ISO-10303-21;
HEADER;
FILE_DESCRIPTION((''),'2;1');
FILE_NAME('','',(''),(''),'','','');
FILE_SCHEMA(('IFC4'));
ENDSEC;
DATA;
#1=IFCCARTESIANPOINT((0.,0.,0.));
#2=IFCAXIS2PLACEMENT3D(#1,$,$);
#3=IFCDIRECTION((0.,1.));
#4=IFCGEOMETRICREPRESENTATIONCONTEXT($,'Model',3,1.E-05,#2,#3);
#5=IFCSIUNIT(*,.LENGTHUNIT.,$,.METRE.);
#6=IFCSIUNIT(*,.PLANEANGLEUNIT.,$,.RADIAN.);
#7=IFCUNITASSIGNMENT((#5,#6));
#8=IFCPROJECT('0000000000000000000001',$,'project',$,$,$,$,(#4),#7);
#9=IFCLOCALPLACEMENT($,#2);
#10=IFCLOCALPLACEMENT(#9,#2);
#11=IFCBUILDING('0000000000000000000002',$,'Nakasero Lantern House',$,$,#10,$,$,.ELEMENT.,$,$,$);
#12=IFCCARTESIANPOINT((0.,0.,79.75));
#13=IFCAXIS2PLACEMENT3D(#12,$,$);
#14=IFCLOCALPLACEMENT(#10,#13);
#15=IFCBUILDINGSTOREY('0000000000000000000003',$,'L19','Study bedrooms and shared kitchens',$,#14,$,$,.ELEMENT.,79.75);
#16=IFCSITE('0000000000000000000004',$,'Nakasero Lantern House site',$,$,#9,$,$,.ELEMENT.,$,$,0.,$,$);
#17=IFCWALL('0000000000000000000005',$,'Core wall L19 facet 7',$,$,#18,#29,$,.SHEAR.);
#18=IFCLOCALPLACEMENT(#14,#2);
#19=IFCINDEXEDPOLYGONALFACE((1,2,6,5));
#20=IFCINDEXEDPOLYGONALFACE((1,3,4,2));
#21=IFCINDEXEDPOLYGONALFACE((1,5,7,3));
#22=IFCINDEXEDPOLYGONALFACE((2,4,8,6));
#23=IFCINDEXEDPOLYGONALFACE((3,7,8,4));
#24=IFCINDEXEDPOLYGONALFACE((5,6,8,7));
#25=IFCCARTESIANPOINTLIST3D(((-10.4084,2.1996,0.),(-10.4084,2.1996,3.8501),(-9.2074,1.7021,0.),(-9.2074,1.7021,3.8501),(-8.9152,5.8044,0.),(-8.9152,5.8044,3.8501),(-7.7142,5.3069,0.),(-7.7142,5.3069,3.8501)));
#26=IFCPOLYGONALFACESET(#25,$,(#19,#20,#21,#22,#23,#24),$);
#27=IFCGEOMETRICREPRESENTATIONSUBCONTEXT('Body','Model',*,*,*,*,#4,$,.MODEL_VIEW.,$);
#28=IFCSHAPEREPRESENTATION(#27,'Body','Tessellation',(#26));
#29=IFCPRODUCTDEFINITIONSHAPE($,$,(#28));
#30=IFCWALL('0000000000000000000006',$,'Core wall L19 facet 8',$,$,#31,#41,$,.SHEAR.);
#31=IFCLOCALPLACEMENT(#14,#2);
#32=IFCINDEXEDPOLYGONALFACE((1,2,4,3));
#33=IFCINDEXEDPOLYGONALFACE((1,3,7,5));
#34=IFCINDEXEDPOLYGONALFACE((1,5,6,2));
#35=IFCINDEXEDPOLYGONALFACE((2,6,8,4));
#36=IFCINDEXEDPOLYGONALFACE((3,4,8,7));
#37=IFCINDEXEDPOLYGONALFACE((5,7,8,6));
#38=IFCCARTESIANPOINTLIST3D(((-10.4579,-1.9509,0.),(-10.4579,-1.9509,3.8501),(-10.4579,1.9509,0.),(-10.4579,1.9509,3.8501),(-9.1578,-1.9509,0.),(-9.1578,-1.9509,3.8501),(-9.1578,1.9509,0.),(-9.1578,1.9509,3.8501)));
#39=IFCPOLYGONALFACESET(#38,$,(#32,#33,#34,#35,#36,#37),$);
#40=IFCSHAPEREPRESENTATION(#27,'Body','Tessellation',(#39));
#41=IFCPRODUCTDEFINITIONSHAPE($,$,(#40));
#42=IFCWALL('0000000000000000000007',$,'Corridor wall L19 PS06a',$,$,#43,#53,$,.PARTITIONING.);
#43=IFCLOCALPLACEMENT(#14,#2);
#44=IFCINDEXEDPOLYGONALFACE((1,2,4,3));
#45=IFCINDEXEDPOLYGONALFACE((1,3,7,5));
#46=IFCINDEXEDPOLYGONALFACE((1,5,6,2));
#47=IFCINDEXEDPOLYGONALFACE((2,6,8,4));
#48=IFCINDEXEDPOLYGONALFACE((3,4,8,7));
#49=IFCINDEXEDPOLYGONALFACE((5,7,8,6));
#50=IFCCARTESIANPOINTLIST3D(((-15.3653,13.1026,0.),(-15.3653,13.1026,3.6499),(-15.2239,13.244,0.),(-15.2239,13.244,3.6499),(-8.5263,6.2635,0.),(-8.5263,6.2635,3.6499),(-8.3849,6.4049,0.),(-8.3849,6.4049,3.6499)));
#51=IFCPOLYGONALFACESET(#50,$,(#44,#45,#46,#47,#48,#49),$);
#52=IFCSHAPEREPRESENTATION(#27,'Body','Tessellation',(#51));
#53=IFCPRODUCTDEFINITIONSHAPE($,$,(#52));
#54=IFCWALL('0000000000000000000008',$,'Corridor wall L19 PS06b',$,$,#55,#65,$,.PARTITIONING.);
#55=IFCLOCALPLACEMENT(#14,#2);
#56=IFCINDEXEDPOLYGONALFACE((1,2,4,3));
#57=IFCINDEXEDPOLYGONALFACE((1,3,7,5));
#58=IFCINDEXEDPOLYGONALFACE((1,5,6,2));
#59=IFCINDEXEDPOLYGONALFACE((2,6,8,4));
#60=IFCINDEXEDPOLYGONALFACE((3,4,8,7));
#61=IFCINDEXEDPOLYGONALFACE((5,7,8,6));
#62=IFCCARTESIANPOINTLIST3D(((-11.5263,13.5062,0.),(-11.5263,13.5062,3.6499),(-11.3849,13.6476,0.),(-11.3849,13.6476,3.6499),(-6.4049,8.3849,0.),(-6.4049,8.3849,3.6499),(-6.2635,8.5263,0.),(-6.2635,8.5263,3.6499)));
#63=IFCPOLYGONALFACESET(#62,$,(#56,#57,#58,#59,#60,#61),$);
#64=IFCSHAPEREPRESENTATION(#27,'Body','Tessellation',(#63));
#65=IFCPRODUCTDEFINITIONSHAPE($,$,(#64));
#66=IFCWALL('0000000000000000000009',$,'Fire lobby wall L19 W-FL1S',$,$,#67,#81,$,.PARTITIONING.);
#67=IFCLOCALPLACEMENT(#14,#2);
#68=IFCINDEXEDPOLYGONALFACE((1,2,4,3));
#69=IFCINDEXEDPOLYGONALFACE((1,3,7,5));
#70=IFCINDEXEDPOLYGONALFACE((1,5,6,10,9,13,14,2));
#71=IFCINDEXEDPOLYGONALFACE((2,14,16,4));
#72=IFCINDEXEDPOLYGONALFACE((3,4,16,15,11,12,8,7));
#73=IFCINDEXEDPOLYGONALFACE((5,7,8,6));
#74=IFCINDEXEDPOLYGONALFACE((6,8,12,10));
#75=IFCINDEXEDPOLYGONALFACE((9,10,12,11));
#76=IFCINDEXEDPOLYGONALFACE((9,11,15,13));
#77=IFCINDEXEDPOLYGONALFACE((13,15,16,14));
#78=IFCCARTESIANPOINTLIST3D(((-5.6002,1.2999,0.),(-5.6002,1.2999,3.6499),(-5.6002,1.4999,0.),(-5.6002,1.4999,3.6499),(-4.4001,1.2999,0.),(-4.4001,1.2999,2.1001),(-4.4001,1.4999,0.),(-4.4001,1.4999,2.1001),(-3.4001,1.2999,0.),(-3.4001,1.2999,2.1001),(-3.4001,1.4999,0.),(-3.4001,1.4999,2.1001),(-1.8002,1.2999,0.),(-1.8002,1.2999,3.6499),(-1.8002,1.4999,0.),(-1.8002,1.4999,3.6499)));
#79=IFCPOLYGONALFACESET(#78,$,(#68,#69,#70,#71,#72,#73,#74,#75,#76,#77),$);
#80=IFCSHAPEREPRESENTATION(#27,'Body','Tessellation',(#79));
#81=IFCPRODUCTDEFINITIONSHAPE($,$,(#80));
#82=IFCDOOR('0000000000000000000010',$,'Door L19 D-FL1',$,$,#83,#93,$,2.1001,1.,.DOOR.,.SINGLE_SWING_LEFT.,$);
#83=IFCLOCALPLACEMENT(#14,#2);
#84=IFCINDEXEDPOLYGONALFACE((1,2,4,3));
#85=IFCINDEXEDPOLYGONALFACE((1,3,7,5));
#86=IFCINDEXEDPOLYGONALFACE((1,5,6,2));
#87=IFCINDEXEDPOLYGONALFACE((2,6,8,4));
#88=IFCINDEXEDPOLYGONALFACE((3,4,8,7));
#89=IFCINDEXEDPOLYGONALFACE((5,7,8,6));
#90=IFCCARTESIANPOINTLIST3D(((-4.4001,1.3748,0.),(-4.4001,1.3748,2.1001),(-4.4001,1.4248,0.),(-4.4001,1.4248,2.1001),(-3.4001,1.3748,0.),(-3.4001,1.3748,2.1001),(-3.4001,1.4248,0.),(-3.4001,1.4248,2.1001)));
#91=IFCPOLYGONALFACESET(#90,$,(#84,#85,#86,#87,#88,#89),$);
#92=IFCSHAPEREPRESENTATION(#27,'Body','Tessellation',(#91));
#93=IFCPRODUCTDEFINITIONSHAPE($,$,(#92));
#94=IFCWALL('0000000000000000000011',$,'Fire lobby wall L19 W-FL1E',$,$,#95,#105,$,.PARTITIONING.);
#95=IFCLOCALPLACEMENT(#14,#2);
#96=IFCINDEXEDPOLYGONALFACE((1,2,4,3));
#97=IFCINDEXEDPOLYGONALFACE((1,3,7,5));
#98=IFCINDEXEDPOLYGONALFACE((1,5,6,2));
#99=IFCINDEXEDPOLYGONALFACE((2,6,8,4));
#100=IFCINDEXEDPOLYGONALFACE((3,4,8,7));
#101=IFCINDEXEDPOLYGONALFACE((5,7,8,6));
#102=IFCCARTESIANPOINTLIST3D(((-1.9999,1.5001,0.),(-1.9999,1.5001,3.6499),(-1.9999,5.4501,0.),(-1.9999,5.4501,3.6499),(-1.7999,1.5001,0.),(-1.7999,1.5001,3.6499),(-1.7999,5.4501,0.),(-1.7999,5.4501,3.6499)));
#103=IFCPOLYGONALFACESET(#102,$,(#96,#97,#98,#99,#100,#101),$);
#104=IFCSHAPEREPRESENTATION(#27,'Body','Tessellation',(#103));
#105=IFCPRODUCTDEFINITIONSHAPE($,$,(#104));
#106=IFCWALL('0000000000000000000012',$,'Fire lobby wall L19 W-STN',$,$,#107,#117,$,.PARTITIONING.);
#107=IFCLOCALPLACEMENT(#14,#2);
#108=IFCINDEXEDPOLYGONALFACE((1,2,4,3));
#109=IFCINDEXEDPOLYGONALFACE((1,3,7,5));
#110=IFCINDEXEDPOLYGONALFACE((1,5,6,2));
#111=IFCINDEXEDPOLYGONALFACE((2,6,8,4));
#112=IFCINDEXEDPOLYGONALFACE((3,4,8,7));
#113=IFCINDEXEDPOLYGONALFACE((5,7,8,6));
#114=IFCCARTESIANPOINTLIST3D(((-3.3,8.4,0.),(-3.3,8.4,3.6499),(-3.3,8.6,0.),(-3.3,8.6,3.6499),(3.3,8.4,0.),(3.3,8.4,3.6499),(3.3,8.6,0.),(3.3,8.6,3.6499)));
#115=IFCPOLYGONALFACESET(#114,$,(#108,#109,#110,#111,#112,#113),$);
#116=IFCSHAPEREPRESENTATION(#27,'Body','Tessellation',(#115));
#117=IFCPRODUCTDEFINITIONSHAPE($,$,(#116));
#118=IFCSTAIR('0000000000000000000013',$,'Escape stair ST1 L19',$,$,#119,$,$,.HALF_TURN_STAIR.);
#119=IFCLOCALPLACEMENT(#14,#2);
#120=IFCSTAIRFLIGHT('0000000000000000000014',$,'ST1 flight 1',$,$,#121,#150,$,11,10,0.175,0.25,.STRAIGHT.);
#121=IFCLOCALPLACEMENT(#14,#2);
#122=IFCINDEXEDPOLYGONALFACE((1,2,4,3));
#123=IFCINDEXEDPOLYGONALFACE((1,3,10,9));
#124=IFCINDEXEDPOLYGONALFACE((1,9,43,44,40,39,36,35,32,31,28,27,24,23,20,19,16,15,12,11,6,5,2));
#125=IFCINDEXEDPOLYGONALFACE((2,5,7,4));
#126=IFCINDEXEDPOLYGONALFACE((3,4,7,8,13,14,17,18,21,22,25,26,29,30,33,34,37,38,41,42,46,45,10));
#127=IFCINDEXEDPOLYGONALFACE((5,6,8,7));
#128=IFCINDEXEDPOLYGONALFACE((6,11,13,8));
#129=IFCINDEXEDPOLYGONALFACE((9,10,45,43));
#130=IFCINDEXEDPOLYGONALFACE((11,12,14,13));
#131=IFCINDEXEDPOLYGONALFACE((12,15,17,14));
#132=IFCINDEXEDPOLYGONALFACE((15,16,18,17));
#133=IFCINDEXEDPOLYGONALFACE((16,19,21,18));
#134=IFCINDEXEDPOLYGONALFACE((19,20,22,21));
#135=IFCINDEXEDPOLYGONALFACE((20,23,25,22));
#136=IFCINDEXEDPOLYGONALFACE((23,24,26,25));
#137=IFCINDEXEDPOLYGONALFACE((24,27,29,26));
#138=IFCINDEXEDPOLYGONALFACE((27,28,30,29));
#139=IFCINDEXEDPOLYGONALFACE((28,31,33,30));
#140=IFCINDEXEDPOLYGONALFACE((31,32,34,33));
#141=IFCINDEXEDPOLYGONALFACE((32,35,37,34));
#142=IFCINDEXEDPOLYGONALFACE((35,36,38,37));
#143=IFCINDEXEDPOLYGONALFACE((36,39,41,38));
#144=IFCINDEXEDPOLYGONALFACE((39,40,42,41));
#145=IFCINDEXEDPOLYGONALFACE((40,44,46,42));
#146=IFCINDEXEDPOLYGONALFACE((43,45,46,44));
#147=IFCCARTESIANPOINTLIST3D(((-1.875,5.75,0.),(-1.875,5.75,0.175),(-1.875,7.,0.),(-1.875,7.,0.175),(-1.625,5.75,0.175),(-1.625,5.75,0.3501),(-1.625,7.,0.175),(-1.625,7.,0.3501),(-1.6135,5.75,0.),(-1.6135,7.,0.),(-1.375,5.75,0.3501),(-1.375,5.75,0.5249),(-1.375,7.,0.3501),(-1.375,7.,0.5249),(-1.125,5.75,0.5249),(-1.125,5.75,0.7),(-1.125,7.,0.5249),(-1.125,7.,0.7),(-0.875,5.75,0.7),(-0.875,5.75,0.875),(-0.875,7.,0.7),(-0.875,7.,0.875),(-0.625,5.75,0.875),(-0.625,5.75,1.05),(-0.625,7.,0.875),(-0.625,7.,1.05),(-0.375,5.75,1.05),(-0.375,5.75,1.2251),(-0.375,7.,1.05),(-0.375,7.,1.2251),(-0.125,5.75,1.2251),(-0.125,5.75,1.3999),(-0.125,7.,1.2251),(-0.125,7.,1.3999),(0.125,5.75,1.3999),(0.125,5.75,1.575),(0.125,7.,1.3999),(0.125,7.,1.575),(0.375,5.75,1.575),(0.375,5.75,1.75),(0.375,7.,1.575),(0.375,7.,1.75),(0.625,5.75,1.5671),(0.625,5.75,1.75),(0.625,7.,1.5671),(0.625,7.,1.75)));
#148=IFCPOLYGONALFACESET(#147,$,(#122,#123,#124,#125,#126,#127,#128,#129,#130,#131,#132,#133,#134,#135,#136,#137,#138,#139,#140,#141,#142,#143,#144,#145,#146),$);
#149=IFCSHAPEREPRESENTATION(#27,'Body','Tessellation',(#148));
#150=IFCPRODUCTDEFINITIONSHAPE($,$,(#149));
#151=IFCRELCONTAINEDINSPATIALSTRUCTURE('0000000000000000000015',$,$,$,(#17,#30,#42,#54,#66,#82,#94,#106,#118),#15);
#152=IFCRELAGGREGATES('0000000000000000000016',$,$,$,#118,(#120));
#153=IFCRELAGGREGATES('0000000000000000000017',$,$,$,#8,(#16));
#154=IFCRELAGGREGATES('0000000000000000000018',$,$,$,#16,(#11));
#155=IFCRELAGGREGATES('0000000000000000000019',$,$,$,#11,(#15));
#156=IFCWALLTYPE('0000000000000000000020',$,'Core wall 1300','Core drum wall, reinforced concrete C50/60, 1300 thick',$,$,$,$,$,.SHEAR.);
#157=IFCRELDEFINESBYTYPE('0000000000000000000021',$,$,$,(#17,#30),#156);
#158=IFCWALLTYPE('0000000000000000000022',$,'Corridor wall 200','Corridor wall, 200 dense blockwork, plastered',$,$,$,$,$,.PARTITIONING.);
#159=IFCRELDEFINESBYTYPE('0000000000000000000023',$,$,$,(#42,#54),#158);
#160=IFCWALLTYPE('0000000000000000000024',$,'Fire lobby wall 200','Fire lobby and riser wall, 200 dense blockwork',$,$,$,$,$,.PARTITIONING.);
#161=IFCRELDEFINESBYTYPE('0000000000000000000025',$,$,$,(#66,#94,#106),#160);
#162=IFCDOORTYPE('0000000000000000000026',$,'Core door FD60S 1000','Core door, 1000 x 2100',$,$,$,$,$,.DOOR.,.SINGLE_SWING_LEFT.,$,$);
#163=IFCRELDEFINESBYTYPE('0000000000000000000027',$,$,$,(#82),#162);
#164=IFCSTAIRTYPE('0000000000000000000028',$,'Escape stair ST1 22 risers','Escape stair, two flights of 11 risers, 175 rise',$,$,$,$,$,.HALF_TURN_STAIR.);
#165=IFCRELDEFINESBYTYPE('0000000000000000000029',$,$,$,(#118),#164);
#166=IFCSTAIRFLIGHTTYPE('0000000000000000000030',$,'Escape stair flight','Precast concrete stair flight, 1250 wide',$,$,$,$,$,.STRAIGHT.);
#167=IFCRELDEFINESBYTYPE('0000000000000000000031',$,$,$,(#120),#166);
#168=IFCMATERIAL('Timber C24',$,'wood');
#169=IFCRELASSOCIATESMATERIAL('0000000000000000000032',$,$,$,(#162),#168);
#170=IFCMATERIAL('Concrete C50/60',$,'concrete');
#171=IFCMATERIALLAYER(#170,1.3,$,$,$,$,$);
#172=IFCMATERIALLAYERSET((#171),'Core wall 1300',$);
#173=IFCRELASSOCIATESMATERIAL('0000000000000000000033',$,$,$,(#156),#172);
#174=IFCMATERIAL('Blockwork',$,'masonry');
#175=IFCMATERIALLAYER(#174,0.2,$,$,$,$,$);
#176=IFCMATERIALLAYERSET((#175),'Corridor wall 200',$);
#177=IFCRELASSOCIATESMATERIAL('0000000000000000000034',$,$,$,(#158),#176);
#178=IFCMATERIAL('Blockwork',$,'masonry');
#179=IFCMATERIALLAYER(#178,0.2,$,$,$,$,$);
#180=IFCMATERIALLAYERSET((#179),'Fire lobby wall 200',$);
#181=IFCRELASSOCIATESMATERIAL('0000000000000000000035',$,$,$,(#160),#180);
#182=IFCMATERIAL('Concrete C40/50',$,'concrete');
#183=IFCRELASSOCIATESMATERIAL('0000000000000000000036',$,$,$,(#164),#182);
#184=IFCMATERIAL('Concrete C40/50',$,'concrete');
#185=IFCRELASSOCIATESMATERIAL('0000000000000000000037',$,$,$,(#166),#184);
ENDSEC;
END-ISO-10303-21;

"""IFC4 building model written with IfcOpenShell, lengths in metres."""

from ifc_helpers import new_model, si_unit, direction, frame, frame_2d, origin, place, context, subcontext, project, spatial, polyline, rectangle, outline, extrude, material, layer, layer_set, type_object, element, fill, aggregate, save


model = new_model("IFC4")

# Units and contexts
model_context = context("Model", 3, precision=1e-05, world=origin(), true_north=direction((0.0, 1.0)))
body_context = subcontext(model_context, "Body", "Model", "MODEL_VIEW")
ifc_project = project(units=[si_unit("LENGTHUNIT", "METRE"), si_unit("PLANEANGLEUNIT", "RADIAN")], contexts=[model_context])

# Site, building, storey
site_placement = place(None, origin())
site = spatial("IfcSite", under=ifc_project, at=site_placement, Name="Nakasero Lantern House site", CompositionType="ELEMENT", RefElevation=0.0)
building_placement = place(site_placement, origin())
building = spatial("IfcBuilding", under=site, at=building_placement, Name="Nakasero Lantern House", CompositionType="ELEMENT")
storey_placement = place(building_placement, frame((0.0, 0.0, 79.75)))
storey = spatial("IfcBuildingStorey", under=building, at=storey_placement, Name="L19", Description="Study bedrooms and shared kitchens", CompositionType="ELEMENT", Elevation=79.75)

# Shared definitions
ifc_material_1 = material(Name="Timber C24", Category="wood")
door_type_1 = type_object("IfcDoorType", Name="Core door FD60S 1000", Description="Core door, 1000 x 2100", OperationType="SINGLE_SWING_LEFT", PredefinedType="DOOR", material=ifc_material_1)

# Shared definitions
ifc_material_2 = material(Name="Concrete C50/60", Category="concrete")
ifc_layer_1 = layer(ifc_material_2, 1.3)
ifc_layer_set_1 = layer_set([ifc_layer_1], Name="Core wall 1300")
wall_type_1 = type_object("IfcWallType", Name="Core wall 1300", Description="Core drum wall, reinforced concrete C50/60, 1300 thick", PredefinedType="SHEAR", material=ifc_layer_set_1)

# Walls
for number, where, z_axis, x_axis, name in (
    (1, (-8.3147, 5.5557, 0.0), (0.0, 0.0, 1.0), (-0.382691, -0.923877, 0.0), "Core wall L19 facet 7"),
    (2, (-9.8079, 1.9509, 0.0), (0.0, 0.0, 1.0), (0.0, -1.0, 0.0), "Core wall L19 facet 8"),
):
    element("IfcWall", number, at=place(storey_placement, frame(where, z_axis=z_axis, x_axis=x_axis)), inside=storey, type_object=wall_type_1, Name=name, PredefinedType="SHEAR", context=body_context, shape_type="SweptSolid", body=[
        extrude(rectangle(XDim=3.9019, YDim=1.3, at=frame_2d((1.9509, 0.0))), origin(), (0.0, 0.0, 1.0), 3.8501),
    ])
ifc_material_3 = material(Name="Blockwork", Category="masonry")
ifc_layer_2 = layer(ifc_material_3, 0.2)
ifc_layer_set_2 = layer_set([ifc_layer_2], Name="Corridor wall 200")
wall_type_2 = type_object("IfcWallType", Name="Corridor wall 200", Description="Corridor wall, 200 dense blockwork, plastered", PredefinedType="PARTITIONING", material=ifc_layer_set_2)
wall_1_placement = place(storey_placement, frame((-8.4556, 6.3342, 0.0), z_axis=(0.0, 0.0, 1.0), x_axis=(-0.707107, 0.707107, 0.0)))
element("IfcWall", 3, at=wall_1_placement, inside=storey, type_object=wall_type_2, Name="Corridor wall L19 PS06a", PredefinedType="PARTITIONING", context=body_context, shape_type="SweptSolid", body=[
    extrude(rectangle(XDim=9.6719, YDim=0.2, at=frame_2d((4.8359, 0.0))), origin(), (0.0, 0.0, 1.0), 3.6499),
])
wall_2_placement = place(storey_placement, frame((-6.3342, 8.4556, 0.0), z_axis=(0.0, 0.0, 1.0), x_axis=(-0.707107, 0.707107, 0.0)))
element("IfcWall", 4, at=wall_2_placement, inside=storey, type_object=wall_type_2, Name="Corridor wall L19 PS06b", PredefinedType="PARTITIONING", context=body_context, shape_type="SweptSolid", body=[
    extrude(rectangle(XDim=7.2427, YDim=0.2, at=frame_2d((3.6213, 0.0))), origin(), (0.0, 0.0, 1.0), 3.6499),
])

# Wall, opening, door
ifc_material_4 = material(Name="Blockwork", Category="masonry")
ifc_layer_3 = layer(ifc_material_4, 0.2)
ifc_layer_set_3 = layer_set([ifc_layer_3], Name="Fire lobby wall 200")
wall_type_3 = type_object("IfcWallType", Name="Fire lobby wall 200", Description="Fire lobby and riser wall, 200 dense blockwork", PredefinedType="PARTITIONING", material=ifc_layer_set_3)
wall_3_placement = place(storey_placement, frame((-5.6001, 1.3999, 0.0), z_axis=(0.0, 0.0, 1.0), x_axis=(1.0, 0.0, 0.0)))
wall_3 = element("IfcWall", 5, at=wall_3_placement, inside=storey, type_object=wall_type_3, Name="Fire lobby wall L19 W-FL1S", PredefinedType="PARTITIONING", context=body_context, shape_type="SweptSolid", body=[
    extrude(rectangle(XDim=3.8, YDim=0.2, at=frame_2d((1.8999, 0.0))), origin(), (0.0, 0.0, 1.0), 3.6499),
])
opening_1_placement = place(wall_3_placement, frame((1.2, 0.0, 0.0)))
opening_1 = element("IfcOpeningElement", 6, at=opening_1_placement, cuts=wall_3, PredefinedType="OPENING", context=body_context, shape_type="SweptSolid", body=[
    extrude(rectangle(XDim=1.0, YDim=2.1001, at=frame_2d((0.5, 1.05))), frame((0.0, 0.1199, 0.0), z_axis=(0.0, -1.0, 0.0), x_axis=(1.0, 0.0, 0.0)), (0.0, 0.0, 1.0), 0.24),
])
door_1_placement = place(opening_1_placement, origin())
door_1 = element("IfcDoor", 7, at=door_1_placement, inside=storey, type_object=door_type_1, Name="Door L19 D-FL1", OperationType="SINGLE_SWING_LEFT", OverallHeight=2.1001, OverallWidth=1.0, PredefinedType="DOOR", context=body_context, shape_type="SweptSolid", body=[
    extrude(rectangle(XDim=1.0, YDim=2.1001, at=frame_2d((0.5, 1.05))), frame((0.0, 0.0249, 0.0), z_axis=(0.0, -1.0, 0.0), x_axis=(1.0, 0.0, 0.0)), (0.0, 0.0, 1.0), 0.05),
])
fill(opening_1, door_1)

# Walls
wall_4_placement = place(storey_placement, frame((-1.8999, 1.5, 0.0), z_axis=(0.0, 0.0, 1.0), x_axis=(0.0, 1.0, 0.0)))
element("IfcWall", 8, at=wall_4_placement, inside=storey, type_object=wall_type_3, Name="Fire lobby wall L19 W-FL1E", PredefinedType="PARTITIONING", context=body_context, shape_type="SweptSolid", body=[
    extrude(rectangle(XDim=3.95, YDim=0.2, at=frame_2d((1.9751, 0.0))), origin(), (0.0, 0.0, 1.0), 3.6499),
])
wall_5_placement = place(storey_placement, frame((-3.3, 8.5, 0.0), z_axis=(0.0, 0.0, 1.0), x_axis=(1.0, 0.0, 0.0)))
element("IfcWall", 9, at=wall_5_placement, inside=storey, type_object=wall_type_3, Name="Fire lobby wall L19 W-STN", PredefinedType="PARTITIONING", context=body_context, shape_type="SweptSolid", body=[
    extrude(rectangle(XDim=6.6001, YDim=0.2, at=frame_2d((3.3, 0.0))), origin(), (0.0, 0.0, 1.0), 3.6499),
])

# Stair, stair flight
ifc_material_5 = material(Name="Concrete C40/50", Category="concrete")
stair_type = type_object("IfcStairType", Name="Escape stair ST1 22 risers", Description="Escape stair, two flights of 11 risers, 175 rise", PredefinedType="HALF_TURN_STAIR", material=ifc_material_5)
stair_placement = place(storey_placement, origin())
stair = element("IfcStair", 10, at=stair_placement, inside=storey, type_object=stair_type, Name="Escape stair ST1 L19", PredefinedType="HALF_TURN_STAIR")
ifc_material_6 = material(Name="Concrete C40/50", Category="concrete")
stair_flight_type = type_object("IfcStairFlightType", Name="Escape stair flight", Description="Precast concrete stair flight, 1250 wide", PredefinedType="STRAIGHT", material=ifc_material_6)
stair_flight_placement = place(storey_placement, frame((-1.875, 6.375, 0.0), z_axis=(0.0, 0.0, 1.0), x_axis=(1.0, 0.0, 0.0)))
stair_flight = element("IfcStairFlight", 11, at=stair_flight_placement, type_object=stair_flight_type, Name="ST1 flight 1", NumberOfRisers=11, NumberOfTreads=10, PredefinedType="STRAIGHT", RiserHeight=0.175, TreadLength=0.25, context=body_context, shape_type="SweptSolid", body=[
    extrude(outline(polyline([(0.0, 0.0), (0.0, 0.175), (0.25, 0.175), (0.25, 0.3501), (0.5, 0.3501), (0.5, 0.5249), (0.75, 0.5249), (0.75, 0.7), (1.0, 0.7), (1.0, 0.875), (1.25, 0.875), (1.25, 1.05), (1.5, 1.05), (1.5, 1.2251), (1.75, 1.2251), (1.75, 1.3999), (2.0, 1.3999), (2.0, 1.575), (2.25, 1.575), (2.25, 1.75), (2.5, 1.75), (2.5, 1.925), (2.5, 1.5671), (0.2615, 0.0), (0.0, 0.0)])), frame((0.0, 0.625, 0.0), z_axis=(0.0, -1.0, 0.0), x_axis=(1.0, 0.0, 0.0)), (0.0, 0.0, 1.0), 1.25),
])
aggregate(stair, [stair_flight])

save(model, "model.ifc")
